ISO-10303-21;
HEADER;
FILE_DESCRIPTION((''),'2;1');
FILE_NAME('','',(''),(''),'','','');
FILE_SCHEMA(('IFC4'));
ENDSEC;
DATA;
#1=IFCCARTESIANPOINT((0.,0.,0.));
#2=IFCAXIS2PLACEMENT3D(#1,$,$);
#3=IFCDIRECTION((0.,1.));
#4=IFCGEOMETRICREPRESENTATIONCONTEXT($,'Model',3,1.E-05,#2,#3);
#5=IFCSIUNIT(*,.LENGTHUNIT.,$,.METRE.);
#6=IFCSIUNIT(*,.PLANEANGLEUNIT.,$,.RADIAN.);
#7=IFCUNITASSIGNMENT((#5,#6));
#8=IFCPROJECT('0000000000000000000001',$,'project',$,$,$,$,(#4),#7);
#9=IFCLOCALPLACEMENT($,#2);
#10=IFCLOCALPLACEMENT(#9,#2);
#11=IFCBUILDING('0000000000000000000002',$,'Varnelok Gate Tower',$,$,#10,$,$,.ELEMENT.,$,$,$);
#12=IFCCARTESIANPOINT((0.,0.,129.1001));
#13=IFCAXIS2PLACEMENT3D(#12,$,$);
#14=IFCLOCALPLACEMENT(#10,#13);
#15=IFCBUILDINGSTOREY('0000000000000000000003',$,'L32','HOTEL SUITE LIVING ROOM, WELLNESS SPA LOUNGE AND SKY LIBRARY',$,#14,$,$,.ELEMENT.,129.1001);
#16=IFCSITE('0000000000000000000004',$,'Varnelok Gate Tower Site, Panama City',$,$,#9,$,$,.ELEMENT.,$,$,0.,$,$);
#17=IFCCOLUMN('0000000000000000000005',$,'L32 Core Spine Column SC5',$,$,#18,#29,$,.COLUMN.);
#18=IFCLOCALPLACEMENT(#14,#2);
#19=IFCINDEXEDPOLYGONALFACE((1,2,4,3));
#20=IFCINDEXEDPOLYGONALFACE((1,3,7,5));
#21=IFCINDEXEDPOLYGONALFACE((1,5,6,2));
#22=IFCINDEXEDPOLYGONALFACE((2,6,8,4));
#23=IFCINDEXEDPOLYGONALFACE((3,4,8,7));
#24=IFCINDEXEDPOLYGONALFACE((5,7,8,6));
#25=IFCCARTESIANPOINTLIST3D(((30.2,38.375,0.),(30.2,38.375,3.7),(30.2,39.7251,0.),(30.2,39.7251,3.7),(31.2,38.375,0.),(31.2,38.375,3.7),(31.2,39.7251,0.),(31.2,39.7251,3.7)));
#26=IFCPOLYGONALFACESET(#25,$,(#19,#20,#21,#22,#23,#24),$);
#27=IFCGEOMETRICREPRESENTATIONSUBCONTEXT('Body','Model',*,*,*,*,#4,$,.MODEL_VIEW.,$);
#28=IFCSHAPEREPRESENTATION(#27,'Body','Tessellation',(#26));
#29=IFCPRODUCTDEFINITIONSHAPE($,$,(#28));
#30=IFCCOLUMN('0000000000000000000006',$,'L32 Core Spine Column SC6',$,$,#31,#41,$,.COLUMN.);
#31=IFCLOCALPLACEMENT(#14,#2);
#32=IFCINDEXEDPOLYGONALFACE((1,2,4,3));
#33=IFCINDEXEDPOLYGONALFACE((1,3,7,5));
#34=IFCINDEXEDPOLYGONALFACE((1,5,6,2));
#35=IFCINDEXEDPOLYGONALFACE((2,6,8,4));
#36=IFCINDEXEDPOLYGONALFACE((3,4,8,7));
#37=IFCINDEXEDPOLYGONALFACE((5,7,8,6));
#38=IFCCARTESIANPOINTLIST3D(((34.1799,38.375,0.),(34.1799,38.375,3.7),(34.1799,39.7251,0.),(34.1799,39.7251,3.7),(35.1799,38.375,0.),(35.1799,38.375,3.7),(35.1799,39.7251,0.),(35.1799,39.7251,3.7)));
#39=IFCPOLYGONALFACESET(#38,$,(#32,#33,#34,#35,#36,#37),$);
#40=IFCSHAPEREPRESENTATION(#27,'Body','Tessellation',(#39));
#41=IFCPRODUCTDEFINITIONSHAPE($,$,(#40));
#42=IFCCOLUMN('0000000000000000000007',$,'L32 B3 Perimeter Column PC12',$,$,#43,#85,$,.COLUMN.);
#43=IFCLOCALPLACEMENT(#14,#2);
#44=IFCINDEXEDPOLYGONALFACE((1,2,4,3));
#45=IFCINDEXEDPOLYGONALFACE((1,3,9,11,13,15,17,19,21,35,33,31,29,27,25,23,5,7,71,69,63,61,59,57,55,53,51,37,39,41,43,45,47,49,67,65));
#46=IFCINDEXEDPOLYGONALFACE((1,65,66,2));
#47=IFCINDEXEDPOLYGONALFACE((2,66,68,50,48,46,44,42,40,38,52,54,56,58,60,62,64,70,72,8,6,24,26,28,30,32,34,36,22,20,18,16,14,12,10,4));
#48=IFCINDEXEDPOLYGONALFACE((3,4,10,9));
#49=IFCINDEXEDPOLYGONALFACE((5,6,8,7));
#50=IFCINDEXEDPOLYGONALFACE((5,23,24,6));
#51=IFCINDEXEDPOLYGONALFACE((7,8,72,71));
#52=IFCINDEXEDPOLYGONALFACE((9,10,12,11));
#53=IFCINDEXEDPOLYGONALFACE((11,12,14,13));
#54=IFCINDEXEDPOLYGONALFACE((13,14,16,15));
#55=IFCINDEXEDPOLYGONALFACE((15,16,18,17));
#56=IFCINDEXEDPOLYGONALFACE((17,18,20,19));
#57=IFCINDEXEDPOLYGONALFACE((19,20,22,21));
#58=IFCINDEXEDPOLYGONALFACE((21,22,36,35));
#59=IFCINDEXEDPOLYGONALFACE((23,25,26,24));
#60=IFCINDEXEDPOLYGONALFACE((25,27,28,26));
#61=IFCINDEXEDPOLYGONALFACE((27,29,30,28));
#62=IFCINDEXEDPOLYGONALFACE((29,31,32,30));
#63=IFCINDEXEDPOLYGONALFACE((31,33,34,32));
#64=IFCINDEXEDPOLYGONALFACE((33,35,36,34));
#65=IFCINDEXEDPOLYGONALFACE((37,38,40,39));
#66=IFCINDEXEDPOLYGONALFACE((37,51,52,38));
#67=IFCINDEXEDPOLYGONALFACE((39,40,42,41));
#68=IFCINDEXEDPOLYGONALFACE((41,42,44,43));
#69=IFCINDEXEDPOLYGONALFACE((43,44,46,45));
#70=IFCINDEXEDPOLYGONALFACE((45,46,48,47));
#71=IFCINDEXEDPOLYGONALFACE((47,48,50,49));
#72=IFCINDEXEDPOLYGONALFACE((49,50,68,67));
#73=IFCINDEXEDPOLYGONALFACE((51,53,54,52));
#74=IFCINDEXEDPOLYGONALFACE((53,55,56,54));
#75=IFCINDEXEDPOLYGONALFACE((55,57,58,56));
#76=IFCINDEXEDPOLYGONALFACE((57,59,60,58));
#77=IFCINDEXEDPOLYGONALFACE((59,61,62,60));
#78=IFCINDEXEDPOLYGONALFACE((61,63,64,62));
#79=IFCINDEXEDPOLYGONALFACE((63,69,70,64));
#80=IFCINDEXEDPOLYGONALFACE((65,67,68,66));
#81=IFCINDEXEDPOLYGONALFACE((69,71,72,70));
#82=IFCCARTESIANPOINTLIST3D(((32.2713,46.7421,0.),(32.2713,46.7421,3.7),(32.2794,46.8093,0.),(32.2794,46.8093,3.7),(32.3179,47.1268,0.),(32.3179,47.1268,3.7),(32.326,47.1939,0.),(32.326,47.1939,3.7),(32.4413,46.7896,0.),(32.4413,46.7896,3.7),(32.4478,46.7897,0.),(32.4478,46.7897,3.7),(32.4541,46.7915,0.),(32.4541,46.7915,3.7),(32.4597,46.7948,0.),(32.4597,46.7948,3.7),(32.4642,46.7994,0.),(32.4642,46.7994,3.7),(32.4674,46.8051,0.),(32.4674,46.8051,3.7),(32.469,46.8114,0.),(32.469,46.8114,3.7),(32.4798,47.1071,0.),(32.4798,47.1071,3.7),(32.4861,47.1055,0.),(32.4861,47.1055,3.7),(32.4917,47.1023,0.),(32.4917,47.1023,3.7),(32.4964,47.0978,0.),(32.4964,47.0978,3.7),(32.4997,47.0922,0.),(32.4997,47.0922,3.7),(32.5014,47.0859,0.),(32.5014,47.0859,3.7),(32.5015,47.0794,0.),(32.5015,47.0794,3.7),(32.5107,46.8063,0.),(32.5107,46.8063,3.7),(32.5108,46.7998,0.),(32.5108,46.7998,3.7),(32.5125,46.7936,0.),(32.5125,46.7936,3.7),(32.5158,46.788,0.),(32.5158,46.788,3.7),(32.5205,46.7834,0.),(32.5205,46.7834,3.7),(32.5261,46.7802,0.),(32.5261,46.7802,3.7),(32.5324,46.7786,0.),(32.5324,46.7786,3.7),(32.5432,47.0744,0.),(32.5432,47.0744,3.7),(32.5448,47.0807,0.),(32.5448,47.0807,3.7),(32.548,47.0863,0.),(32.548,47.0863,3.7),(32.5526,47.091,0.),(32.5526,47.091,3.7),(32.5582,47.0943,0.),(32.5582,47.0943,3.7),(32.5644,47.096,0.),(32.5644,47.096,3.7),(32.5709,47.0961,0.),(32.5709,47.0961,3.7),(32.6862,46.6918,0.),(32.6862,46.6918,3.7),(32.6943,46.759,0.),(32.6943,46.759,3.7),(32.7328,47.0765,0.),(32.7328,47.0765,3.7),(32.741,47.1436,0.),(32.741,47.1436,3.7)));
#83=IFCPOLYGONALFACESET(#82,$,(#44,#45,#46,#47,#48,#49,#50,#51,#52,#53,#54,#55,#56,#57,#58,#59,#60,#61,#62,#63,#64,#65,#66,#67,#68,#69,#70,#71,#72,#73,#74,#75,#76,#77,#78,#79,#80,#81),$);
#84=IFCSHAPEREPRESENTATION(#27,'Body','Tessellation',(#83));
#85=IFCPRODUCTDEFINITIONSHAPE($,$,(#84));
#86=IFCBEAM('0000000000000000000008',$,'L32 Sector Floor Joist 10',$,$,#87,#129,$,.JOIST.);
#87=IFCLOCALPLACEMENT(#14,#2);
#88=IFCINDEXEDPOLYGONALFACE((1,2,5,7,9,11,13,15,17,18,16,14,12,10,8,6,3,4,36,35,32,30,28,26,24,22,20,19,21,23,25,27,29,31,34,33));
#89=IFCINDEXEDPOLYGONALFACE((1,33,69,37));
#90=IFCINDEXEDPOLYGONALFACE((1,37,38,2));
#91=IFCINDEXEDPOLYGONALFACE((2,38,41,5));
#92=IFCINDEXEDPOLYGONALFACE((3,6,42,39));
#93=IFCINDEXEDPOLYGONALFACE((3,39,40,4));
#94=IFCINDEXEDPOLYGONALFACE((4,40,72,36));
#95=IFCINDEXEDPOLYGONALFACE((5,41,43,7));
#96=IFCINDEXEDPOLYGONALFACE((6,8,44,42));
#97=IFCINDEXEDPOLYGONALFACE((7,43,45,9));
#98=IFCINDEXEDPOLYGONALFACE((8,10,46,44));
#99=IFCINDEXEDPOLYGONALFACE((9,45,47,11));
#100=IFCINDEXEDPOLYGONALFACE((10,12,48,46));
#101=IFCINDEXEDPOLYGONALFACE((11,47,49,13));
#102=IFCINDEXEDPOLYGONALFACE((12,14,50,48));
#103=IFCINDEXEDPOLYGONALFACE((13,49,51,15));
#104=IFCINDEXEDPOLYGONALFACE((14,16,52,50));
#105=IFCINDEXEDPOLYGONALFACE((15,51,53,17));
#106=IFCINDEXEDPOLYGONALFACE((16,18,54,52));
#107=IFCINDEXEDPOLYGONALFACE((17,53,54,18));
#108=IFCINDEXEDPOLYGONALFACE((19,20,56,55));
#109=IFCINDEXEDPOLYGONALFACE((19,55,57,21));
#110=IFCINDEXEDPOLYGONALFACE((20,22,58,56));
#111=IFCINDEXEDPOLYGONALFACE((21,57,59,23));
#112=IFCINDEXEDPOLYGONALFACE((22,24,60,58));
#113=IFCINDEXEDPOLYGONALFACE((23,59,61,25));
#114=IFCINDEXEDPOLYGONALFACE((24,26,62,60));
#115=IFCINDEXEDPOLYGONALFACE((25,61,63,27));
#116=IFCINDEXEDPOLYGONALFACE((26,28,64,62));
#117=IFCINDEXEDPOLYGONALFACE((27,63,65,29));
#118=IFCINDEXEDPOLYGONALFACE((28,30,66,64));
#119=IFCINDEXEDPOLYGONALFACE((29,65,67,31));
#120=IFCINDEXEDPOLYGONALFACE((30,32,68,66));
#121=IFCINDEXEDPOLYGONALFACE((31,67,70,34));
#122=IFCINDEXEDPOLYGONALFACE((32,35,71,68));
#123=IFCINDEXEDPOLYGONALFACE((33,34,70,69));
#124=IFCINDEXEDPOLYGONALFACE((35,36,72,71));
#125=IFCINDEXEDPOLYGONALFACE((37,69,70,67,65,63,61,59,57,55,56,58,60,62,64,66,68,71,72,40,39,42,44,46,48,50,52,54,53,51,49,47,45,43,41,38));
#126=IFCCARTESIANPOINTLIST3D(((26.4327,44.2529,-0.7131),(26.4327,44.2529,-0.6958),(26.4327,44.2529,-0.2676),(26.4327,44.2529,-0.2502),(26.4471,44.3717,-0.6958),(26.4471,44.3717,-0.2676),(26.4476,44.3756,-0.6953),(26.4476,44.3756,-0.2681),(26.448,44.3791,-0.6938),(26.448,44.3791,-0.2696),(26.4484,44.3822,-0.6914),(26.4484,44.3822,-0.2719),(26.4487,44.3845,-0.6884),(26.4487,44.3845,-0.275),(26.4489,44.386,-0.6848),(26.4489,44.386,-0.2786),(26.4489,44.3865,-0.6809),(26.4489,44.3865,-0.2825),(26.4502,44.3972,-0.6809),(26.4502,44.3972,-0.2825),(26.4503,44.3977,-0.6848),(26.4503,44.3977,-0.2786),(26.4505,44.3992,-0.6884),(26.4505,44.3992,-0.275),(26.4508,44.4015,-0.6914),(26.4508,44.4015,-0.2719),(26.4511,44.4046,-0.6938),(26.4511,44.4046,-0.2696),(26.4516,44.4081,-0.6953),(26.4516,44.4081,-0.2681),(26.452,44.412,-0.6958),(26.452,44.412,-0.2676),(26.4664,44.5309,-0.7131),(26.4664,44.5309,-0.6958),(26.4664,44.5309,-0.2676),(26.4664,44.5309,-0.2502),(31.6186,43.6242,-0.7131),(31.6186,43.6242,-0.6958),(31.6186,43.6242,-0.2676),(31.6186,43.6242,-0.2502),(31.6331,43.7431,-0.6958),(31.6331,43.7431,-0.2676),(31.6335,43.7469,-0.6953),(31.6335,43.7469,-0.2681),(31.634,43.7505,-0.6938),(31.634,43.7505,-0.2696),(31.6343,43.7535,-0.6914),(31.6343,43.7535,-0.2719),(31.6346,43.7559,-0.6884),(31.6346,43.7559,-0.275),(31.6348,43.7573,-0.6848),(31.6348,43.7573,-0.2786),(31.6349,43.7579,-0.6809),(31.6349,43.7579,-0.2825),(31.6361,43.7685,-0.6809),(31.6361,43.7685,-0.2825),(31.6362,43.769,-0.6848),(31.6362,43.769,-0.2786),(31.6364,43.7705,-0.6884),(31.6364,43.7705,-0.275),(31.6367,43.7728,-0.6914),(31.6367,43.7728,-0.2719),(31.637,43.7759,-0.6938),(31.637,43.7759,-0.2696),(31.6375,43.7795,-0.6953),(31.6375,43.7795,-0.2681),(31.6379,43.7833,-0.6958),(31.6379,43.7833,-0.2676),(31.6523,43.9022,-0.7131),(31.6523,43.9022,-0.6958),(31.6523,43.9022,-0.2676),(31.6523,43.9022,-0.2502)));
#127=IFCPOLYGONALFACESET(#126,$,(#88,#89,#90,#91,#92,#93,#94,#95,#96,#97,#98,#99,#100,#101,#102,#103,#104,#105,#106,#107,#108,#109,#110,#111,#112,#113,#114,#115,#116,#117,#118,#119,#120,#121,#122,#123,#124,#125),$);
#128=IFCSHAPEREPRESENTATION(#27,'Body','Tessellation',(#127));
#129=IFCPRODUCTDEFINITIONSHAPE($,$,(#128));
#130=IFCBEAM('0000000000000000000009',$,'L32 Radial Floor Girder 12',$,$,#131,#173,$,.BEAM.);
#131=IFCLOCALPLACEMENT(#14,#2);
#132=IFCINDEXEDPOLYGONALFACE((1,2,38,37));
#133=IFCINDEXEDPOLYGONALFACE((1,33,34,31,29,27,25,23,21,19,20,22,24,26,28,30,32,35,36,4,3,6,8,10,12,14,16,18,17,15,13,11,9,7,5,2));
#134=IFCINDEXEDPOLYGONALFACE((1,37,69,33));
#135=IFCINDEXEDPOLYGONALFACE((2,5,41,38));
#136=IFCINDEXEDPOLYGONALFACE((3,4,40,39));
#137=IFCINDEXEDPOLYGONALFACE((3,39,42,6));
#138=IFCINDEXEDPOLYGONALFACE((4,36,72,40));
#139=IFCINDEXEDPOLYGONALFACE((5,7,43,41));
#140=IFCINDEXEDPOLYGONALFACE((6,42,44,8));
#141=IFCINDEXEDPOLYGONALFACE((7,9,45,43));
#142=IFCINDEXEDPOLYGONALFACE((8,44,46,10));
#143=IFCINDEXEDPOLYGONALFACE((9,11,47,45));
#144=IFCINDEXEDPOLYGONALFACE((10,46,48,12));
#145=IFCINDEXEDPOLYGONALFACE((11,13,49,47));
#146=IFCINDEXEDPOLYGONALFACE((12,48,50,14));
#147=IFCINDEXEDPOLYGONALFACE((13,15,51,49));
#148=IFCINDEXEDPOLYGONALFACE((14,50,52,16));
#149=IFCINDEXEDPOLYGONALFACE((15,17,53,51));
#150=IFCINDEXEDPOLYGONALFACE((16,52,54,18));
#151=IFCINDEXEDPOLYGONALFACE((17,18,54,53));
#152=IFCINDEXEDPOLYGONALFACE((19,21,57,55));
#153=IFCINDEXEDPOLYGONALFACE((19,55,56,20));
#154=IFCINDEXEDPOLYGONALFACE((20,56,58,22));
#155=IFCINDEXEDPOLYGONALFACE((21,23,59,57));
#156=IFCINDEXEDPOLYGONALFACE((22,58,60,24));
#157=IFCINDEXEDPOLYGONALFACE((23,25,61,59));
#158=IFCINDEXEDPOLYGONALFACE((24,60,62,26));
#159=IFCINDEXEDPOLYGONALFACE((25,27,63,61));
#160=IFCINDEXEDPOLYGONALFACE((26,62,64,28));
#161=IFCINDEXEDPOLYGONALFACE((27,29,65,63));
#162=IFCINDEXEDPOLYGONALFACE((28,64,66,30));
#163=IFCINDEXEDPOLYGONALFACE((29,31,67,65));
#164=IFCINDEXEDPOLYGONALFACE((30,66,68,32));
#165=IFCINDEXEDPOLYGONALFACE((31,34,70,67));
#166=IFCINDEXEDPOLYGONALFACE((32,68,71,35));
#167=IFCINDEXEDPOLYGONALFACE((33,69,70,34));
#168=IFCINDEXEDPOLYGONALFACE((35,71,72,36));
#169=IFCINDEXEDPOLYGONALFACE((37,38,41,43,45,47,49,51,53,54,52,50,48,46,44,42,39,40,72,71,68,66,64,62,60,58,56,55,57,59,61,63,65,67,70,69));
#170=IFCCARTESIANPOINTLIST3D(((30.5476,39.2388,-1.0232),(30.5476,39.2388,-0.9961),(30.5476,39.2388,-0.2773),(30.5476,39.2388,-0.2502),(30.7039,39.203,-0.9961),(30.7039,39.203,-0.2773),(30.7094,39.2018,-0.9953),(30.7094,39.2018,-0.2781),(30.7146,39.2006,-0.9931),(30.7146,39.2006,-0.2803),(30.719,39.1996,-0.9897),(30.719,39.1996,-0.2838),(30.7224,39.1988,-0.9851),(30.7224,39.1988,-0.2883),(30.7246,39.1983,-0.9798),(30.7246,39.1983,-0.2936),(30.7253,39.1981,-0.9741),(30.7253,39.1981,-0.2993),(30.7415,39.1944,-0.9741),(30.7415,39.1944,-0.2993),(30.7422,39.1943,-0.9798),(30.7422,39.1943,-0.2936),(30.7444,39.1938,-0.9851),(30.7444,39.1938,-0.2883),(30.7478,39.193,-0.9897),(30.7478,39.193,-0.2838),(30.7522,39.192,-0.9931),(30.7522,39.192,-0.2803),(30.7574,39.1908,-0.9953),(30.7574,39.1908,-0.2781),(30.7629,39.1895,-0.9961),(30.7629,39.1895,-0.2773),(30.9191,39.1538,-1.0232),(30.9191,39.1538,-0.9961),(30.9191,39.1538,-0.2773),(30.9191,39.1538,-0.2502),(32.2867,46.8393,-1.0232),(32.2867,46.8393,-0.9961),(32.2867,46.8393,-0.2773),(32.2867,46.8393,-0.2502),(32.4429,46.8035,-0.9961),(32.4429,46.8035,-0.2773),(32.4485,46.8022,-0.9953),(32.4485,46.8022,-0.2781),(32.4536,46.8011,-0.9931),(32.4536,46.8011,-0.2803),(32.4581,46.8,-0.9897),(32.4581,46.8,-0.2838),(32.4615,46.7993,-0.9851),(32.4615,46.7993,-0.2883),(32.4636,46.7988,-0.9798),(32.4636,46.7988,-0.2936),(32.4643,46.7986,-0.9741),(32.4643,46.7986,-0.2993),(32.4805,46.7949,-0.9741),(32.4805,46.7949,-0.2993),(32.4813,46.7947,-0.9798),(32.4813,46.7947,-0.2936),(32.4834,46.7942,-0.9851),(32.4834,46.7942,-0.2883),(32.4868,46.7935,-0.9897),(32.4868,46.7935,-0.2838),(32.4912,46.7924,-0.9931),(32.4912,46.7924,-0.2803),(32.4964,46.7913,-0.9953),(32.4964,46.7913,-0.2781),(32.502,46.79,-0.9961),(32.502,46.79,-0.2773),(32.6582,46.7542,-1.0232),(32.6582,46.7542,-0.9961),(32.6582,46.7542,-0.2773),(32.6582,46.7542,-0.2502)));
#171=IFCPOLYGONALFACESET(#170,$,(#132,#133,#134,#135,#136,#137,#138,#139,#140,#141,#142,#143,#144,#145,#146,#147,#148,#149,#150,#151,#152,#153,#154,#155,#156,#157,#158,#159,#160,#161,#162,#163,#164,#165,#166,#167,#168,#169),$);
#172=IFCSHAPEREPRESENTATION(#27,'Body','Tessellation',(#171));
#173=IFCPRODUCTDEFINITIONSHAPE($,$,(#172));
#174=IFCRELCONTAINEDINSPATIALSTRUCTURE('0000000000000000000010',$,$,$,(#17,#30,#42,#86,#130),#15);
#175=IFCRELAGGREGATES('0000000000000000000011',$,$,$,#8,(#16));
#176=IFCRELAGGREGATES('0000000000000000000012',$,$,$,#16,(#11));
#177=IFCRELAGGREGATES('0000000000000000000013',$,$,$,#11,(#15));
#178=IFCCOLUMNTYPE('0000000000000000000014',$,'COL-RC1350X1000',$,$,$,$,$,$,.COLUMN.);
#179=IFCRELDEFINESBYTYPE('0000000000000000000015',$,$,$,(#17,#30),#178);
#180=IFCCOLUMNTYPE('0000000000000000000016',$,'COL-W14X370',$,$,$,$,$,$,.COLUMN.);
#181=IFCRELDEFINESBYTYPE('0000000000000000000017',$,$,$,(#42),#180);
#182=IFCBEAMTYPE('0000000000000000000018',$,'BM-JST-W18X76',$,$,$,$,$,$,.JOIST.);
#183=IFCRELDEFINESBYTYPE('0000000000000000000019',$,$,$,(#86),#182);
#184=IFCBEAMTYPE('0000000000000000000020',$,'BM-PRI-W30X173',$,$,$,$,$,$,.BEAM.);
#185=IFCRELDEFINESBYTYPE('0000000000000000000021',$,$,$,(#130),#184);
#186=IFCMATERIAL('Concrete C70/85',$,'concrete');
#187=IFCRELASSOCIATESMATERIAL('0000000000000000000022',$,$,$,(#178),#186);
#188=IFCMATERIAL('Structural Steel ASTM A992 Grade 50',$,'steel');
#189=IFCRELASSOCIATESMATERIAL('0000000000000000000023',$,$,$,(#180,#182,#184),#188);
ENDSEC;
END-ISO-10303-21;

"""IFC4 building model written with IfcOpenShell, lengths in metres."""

from ifc_helpers import new_model, si_unit, direction, frame, origin, origin_2d, place, context, subcontext, project, spatial, rectangle, i_section, extrude, material, material_profile, profile_set, type_object, element, save


model = new_model("IFC4")

# Units and contexts
model_context = context("Model", 3, precision=1e-05, world=origin(), true_north=direction((0.0, 1.0)))
body_context = subcontext(model_context, "Body", "Model", "MODEL_VIEW")
ifc_project = project(units=[si_unit("LENGTHUNIT", "METRE"), si_unit("PLANEANGLEUNIT", "RADIAN")], contexts=[model_context])

# Site, building, storey
site_placement = place(None, origin())
site = spatial("IfcSite", under=ifc_project, at=site_placement, Name="Varnelok Gate Tower Site, Panama City", CompositionType="ELEMENT", RefElevation=0.0)
building_placement = place(site_placement, origin())
building = spatial("IfcBuilding", under=site, at=building_placement, Name="Varnelok Gate Tower", CompositionType="ELEMENT")
storey_placement = place(building_placement, frame((0.0, 0.0, 129.1001)))
storey = spatial("IfcBuildingStorey", under=building, at=storey_placement, Name="L32", Description="HOTEL SUITE LIVING ROOM, WELLNESS SPA LOUNGE AND SKY LIBRARY", CompositionType="ELEMENT", Elevation=129.1001)

# Columns
ifc_material_1 = material(Name="Concrete C70/85", Category="concrete")
ifc_material_profile_1 = material_profile(ifc_material_1, rectangle(XDim=1.0, YDim=1.3501, at=origin_2d()), Name="RC1350X1000")
ifc_profile_set_1 = profile_set([ifc_material_profile_1], Name="Concrete C70/85")
column_type_1 = type_object("IfcColumnType", Name="COL-RC1350X1000", PredefinedType="COLUMN", material=ifc_profile_set_1)
for number, where, z_axis, x_axis, name in (
    (1, (30.7, 39.05, 0.0), (0.0, 0.0, 1.0), (1.0, 0.0, 0.0), "L32 Core Spine Column SC5"),
    (2, (34.6799, 39.05, 0.0), (0.0, 0.0, 1.0), (1.0, 0.0, 0.0), "L32 Core Spine Column SC6"),
):
    element("IfcColumn", number, at=place(storey_placement, frame(where, z_axis=z_axis, x_axis=x_axis)), inside=storey, type_object=column_type_1, Name=name, PredefinedType="COLUMN", context=body_context, shape_type="SweptSolid", body=[
        extrude(rectangle(XDim=1.0, YDim=1.3501, at=origin_2d()), origin(), (0.0, 0.0, 1.0), 3.7),
    ])
ifc_material_2 = material(Name="Structural Steel ASTM A992 Grade 50", Category="steel")
ifc_material_profile_2 = material_profile(ifc_material_2, i_section(OverallWidth=0.418, OverallDepth=0.4551, WebThickness=0.042, FlangeThickness=0.0676, FilletRadius=0.0249, at=origin_2d()), Name="W14X370")
ifc_profile_set_2 = profile_set([ifc_material_profile_2], Name="Structural Steel ASTM A992 Grade 50")
column_type_2 = type_object("IfcColumnType", Name="COL-W14X370", PredefinedType="COLUMN", material=ifc_profile_set_2)
column_placement = place(storey_placement, frame((32.5061, 46.9429, 0.0), z_axis=(0.0, 0.0, 1.0), x_axis=(0.992732, -0.120345, 0.0)))
element("IfcColumn", 3, at=column_placement, inside=storey, type_object=column_type_2, Name="L32 B3 Perimeter Column PC12", PredefinedType="COLUMN", context=body_context, shape_type="SweptSolid", body=[
    extrude(i_section(OverallWidth=0.418, OverallDepth=0.4551, WebThickness=0.042, FlangeThickness=0.0676, FilletRadius=0.0249, at=origin_2d()), origin(), (0.0, 0.0, 1.0), 3.7),
])

# Beams
ifc_material_profile_3 = material_profile(ifc_material_2, i_section(OverallWidth=0.28, OverallDepth=0.4629, WebThickness=0.0107, FlangeThickness=0.0173, FilletRadius=0.0149, at=origin_2d()), Name="W18X76")
ifc_profile_set_3 = profile_set([ifc_material_profile_3], Name="Structural Steel ASTM A992 Grade 50")
beam_type_1 = type_object("IfcBeamType", Name="BM-JST-W18X76", PredefinedType="JOIST", material=ifc_profile_set_3)
beam_1_placement = place(storey_placement, frame((31.6355, 43.7632, -0.4817), z_axis=(-0.992732, 0.120347, 0.0), x_axis=(-0.120347, -0.992732, 0.0)))
element("IfcBeam", 4, at=beam_1_placement, inside=storey, type_object=beam_type_1, Name="L32 Sector Floor Joist 10", PredefinedType="JOIST", context=body_context, shape_type="SweptSolid", body=[
    extrude(i_section(OverallWidth=0.28, OverallDepth=0.4629, WebThickness=0.0107, FlangeThickness=0.0173, FilletRadius=0.0149, at=origin_2d()), origin(), (0.0, 0.0, 1.0), 5.2239),
])
ifc_material_profile_4 = material_profile(ifc_material_2, i_section(OverallWidth=0.3811, OverallDepth=0.7729, WebThickness=0.0166, FlangeThickness=0.0271, FilletRadius=0.022, at=origin_2d()), Name="W30X173")
ifc_profile_set_4 = profile_set([ifc_material_profile_4], Name="Structural Steel ASTM A992 Grade 50")
beam_type_2 = type_object("IfcBeamType", Name="BM-PRI-W30X173", PredefinedType="BEAM", material=ifc_profile_set_4)
beam_2_placement = place(storey_placement, frame((30.7334, 39.1963, -0.6367), z_axis=(0.223043, 0.974809, 0.0), x_axis=(-0.974809, 0.223043, 0.0)))
element("IfcBeam", 5, at=beam_2_placement, inside=storey, type_object=beam_type_2, Name="L32 Radial Floor Girder 12", PredefinedType="BEAM", context=body_context, shape_type="SweptSolid", body=[
    extrude(i_section(OverallWidth=0.3811, OverallDepth=0.7729, WebThickness=0.0166, FlangeThickness=0.0271, FilletRadius=0.022, at=origin_2d()), origin(), (0.0, 0.0, 1.0), 7.7969),
])

save(model, "model.ifc")
